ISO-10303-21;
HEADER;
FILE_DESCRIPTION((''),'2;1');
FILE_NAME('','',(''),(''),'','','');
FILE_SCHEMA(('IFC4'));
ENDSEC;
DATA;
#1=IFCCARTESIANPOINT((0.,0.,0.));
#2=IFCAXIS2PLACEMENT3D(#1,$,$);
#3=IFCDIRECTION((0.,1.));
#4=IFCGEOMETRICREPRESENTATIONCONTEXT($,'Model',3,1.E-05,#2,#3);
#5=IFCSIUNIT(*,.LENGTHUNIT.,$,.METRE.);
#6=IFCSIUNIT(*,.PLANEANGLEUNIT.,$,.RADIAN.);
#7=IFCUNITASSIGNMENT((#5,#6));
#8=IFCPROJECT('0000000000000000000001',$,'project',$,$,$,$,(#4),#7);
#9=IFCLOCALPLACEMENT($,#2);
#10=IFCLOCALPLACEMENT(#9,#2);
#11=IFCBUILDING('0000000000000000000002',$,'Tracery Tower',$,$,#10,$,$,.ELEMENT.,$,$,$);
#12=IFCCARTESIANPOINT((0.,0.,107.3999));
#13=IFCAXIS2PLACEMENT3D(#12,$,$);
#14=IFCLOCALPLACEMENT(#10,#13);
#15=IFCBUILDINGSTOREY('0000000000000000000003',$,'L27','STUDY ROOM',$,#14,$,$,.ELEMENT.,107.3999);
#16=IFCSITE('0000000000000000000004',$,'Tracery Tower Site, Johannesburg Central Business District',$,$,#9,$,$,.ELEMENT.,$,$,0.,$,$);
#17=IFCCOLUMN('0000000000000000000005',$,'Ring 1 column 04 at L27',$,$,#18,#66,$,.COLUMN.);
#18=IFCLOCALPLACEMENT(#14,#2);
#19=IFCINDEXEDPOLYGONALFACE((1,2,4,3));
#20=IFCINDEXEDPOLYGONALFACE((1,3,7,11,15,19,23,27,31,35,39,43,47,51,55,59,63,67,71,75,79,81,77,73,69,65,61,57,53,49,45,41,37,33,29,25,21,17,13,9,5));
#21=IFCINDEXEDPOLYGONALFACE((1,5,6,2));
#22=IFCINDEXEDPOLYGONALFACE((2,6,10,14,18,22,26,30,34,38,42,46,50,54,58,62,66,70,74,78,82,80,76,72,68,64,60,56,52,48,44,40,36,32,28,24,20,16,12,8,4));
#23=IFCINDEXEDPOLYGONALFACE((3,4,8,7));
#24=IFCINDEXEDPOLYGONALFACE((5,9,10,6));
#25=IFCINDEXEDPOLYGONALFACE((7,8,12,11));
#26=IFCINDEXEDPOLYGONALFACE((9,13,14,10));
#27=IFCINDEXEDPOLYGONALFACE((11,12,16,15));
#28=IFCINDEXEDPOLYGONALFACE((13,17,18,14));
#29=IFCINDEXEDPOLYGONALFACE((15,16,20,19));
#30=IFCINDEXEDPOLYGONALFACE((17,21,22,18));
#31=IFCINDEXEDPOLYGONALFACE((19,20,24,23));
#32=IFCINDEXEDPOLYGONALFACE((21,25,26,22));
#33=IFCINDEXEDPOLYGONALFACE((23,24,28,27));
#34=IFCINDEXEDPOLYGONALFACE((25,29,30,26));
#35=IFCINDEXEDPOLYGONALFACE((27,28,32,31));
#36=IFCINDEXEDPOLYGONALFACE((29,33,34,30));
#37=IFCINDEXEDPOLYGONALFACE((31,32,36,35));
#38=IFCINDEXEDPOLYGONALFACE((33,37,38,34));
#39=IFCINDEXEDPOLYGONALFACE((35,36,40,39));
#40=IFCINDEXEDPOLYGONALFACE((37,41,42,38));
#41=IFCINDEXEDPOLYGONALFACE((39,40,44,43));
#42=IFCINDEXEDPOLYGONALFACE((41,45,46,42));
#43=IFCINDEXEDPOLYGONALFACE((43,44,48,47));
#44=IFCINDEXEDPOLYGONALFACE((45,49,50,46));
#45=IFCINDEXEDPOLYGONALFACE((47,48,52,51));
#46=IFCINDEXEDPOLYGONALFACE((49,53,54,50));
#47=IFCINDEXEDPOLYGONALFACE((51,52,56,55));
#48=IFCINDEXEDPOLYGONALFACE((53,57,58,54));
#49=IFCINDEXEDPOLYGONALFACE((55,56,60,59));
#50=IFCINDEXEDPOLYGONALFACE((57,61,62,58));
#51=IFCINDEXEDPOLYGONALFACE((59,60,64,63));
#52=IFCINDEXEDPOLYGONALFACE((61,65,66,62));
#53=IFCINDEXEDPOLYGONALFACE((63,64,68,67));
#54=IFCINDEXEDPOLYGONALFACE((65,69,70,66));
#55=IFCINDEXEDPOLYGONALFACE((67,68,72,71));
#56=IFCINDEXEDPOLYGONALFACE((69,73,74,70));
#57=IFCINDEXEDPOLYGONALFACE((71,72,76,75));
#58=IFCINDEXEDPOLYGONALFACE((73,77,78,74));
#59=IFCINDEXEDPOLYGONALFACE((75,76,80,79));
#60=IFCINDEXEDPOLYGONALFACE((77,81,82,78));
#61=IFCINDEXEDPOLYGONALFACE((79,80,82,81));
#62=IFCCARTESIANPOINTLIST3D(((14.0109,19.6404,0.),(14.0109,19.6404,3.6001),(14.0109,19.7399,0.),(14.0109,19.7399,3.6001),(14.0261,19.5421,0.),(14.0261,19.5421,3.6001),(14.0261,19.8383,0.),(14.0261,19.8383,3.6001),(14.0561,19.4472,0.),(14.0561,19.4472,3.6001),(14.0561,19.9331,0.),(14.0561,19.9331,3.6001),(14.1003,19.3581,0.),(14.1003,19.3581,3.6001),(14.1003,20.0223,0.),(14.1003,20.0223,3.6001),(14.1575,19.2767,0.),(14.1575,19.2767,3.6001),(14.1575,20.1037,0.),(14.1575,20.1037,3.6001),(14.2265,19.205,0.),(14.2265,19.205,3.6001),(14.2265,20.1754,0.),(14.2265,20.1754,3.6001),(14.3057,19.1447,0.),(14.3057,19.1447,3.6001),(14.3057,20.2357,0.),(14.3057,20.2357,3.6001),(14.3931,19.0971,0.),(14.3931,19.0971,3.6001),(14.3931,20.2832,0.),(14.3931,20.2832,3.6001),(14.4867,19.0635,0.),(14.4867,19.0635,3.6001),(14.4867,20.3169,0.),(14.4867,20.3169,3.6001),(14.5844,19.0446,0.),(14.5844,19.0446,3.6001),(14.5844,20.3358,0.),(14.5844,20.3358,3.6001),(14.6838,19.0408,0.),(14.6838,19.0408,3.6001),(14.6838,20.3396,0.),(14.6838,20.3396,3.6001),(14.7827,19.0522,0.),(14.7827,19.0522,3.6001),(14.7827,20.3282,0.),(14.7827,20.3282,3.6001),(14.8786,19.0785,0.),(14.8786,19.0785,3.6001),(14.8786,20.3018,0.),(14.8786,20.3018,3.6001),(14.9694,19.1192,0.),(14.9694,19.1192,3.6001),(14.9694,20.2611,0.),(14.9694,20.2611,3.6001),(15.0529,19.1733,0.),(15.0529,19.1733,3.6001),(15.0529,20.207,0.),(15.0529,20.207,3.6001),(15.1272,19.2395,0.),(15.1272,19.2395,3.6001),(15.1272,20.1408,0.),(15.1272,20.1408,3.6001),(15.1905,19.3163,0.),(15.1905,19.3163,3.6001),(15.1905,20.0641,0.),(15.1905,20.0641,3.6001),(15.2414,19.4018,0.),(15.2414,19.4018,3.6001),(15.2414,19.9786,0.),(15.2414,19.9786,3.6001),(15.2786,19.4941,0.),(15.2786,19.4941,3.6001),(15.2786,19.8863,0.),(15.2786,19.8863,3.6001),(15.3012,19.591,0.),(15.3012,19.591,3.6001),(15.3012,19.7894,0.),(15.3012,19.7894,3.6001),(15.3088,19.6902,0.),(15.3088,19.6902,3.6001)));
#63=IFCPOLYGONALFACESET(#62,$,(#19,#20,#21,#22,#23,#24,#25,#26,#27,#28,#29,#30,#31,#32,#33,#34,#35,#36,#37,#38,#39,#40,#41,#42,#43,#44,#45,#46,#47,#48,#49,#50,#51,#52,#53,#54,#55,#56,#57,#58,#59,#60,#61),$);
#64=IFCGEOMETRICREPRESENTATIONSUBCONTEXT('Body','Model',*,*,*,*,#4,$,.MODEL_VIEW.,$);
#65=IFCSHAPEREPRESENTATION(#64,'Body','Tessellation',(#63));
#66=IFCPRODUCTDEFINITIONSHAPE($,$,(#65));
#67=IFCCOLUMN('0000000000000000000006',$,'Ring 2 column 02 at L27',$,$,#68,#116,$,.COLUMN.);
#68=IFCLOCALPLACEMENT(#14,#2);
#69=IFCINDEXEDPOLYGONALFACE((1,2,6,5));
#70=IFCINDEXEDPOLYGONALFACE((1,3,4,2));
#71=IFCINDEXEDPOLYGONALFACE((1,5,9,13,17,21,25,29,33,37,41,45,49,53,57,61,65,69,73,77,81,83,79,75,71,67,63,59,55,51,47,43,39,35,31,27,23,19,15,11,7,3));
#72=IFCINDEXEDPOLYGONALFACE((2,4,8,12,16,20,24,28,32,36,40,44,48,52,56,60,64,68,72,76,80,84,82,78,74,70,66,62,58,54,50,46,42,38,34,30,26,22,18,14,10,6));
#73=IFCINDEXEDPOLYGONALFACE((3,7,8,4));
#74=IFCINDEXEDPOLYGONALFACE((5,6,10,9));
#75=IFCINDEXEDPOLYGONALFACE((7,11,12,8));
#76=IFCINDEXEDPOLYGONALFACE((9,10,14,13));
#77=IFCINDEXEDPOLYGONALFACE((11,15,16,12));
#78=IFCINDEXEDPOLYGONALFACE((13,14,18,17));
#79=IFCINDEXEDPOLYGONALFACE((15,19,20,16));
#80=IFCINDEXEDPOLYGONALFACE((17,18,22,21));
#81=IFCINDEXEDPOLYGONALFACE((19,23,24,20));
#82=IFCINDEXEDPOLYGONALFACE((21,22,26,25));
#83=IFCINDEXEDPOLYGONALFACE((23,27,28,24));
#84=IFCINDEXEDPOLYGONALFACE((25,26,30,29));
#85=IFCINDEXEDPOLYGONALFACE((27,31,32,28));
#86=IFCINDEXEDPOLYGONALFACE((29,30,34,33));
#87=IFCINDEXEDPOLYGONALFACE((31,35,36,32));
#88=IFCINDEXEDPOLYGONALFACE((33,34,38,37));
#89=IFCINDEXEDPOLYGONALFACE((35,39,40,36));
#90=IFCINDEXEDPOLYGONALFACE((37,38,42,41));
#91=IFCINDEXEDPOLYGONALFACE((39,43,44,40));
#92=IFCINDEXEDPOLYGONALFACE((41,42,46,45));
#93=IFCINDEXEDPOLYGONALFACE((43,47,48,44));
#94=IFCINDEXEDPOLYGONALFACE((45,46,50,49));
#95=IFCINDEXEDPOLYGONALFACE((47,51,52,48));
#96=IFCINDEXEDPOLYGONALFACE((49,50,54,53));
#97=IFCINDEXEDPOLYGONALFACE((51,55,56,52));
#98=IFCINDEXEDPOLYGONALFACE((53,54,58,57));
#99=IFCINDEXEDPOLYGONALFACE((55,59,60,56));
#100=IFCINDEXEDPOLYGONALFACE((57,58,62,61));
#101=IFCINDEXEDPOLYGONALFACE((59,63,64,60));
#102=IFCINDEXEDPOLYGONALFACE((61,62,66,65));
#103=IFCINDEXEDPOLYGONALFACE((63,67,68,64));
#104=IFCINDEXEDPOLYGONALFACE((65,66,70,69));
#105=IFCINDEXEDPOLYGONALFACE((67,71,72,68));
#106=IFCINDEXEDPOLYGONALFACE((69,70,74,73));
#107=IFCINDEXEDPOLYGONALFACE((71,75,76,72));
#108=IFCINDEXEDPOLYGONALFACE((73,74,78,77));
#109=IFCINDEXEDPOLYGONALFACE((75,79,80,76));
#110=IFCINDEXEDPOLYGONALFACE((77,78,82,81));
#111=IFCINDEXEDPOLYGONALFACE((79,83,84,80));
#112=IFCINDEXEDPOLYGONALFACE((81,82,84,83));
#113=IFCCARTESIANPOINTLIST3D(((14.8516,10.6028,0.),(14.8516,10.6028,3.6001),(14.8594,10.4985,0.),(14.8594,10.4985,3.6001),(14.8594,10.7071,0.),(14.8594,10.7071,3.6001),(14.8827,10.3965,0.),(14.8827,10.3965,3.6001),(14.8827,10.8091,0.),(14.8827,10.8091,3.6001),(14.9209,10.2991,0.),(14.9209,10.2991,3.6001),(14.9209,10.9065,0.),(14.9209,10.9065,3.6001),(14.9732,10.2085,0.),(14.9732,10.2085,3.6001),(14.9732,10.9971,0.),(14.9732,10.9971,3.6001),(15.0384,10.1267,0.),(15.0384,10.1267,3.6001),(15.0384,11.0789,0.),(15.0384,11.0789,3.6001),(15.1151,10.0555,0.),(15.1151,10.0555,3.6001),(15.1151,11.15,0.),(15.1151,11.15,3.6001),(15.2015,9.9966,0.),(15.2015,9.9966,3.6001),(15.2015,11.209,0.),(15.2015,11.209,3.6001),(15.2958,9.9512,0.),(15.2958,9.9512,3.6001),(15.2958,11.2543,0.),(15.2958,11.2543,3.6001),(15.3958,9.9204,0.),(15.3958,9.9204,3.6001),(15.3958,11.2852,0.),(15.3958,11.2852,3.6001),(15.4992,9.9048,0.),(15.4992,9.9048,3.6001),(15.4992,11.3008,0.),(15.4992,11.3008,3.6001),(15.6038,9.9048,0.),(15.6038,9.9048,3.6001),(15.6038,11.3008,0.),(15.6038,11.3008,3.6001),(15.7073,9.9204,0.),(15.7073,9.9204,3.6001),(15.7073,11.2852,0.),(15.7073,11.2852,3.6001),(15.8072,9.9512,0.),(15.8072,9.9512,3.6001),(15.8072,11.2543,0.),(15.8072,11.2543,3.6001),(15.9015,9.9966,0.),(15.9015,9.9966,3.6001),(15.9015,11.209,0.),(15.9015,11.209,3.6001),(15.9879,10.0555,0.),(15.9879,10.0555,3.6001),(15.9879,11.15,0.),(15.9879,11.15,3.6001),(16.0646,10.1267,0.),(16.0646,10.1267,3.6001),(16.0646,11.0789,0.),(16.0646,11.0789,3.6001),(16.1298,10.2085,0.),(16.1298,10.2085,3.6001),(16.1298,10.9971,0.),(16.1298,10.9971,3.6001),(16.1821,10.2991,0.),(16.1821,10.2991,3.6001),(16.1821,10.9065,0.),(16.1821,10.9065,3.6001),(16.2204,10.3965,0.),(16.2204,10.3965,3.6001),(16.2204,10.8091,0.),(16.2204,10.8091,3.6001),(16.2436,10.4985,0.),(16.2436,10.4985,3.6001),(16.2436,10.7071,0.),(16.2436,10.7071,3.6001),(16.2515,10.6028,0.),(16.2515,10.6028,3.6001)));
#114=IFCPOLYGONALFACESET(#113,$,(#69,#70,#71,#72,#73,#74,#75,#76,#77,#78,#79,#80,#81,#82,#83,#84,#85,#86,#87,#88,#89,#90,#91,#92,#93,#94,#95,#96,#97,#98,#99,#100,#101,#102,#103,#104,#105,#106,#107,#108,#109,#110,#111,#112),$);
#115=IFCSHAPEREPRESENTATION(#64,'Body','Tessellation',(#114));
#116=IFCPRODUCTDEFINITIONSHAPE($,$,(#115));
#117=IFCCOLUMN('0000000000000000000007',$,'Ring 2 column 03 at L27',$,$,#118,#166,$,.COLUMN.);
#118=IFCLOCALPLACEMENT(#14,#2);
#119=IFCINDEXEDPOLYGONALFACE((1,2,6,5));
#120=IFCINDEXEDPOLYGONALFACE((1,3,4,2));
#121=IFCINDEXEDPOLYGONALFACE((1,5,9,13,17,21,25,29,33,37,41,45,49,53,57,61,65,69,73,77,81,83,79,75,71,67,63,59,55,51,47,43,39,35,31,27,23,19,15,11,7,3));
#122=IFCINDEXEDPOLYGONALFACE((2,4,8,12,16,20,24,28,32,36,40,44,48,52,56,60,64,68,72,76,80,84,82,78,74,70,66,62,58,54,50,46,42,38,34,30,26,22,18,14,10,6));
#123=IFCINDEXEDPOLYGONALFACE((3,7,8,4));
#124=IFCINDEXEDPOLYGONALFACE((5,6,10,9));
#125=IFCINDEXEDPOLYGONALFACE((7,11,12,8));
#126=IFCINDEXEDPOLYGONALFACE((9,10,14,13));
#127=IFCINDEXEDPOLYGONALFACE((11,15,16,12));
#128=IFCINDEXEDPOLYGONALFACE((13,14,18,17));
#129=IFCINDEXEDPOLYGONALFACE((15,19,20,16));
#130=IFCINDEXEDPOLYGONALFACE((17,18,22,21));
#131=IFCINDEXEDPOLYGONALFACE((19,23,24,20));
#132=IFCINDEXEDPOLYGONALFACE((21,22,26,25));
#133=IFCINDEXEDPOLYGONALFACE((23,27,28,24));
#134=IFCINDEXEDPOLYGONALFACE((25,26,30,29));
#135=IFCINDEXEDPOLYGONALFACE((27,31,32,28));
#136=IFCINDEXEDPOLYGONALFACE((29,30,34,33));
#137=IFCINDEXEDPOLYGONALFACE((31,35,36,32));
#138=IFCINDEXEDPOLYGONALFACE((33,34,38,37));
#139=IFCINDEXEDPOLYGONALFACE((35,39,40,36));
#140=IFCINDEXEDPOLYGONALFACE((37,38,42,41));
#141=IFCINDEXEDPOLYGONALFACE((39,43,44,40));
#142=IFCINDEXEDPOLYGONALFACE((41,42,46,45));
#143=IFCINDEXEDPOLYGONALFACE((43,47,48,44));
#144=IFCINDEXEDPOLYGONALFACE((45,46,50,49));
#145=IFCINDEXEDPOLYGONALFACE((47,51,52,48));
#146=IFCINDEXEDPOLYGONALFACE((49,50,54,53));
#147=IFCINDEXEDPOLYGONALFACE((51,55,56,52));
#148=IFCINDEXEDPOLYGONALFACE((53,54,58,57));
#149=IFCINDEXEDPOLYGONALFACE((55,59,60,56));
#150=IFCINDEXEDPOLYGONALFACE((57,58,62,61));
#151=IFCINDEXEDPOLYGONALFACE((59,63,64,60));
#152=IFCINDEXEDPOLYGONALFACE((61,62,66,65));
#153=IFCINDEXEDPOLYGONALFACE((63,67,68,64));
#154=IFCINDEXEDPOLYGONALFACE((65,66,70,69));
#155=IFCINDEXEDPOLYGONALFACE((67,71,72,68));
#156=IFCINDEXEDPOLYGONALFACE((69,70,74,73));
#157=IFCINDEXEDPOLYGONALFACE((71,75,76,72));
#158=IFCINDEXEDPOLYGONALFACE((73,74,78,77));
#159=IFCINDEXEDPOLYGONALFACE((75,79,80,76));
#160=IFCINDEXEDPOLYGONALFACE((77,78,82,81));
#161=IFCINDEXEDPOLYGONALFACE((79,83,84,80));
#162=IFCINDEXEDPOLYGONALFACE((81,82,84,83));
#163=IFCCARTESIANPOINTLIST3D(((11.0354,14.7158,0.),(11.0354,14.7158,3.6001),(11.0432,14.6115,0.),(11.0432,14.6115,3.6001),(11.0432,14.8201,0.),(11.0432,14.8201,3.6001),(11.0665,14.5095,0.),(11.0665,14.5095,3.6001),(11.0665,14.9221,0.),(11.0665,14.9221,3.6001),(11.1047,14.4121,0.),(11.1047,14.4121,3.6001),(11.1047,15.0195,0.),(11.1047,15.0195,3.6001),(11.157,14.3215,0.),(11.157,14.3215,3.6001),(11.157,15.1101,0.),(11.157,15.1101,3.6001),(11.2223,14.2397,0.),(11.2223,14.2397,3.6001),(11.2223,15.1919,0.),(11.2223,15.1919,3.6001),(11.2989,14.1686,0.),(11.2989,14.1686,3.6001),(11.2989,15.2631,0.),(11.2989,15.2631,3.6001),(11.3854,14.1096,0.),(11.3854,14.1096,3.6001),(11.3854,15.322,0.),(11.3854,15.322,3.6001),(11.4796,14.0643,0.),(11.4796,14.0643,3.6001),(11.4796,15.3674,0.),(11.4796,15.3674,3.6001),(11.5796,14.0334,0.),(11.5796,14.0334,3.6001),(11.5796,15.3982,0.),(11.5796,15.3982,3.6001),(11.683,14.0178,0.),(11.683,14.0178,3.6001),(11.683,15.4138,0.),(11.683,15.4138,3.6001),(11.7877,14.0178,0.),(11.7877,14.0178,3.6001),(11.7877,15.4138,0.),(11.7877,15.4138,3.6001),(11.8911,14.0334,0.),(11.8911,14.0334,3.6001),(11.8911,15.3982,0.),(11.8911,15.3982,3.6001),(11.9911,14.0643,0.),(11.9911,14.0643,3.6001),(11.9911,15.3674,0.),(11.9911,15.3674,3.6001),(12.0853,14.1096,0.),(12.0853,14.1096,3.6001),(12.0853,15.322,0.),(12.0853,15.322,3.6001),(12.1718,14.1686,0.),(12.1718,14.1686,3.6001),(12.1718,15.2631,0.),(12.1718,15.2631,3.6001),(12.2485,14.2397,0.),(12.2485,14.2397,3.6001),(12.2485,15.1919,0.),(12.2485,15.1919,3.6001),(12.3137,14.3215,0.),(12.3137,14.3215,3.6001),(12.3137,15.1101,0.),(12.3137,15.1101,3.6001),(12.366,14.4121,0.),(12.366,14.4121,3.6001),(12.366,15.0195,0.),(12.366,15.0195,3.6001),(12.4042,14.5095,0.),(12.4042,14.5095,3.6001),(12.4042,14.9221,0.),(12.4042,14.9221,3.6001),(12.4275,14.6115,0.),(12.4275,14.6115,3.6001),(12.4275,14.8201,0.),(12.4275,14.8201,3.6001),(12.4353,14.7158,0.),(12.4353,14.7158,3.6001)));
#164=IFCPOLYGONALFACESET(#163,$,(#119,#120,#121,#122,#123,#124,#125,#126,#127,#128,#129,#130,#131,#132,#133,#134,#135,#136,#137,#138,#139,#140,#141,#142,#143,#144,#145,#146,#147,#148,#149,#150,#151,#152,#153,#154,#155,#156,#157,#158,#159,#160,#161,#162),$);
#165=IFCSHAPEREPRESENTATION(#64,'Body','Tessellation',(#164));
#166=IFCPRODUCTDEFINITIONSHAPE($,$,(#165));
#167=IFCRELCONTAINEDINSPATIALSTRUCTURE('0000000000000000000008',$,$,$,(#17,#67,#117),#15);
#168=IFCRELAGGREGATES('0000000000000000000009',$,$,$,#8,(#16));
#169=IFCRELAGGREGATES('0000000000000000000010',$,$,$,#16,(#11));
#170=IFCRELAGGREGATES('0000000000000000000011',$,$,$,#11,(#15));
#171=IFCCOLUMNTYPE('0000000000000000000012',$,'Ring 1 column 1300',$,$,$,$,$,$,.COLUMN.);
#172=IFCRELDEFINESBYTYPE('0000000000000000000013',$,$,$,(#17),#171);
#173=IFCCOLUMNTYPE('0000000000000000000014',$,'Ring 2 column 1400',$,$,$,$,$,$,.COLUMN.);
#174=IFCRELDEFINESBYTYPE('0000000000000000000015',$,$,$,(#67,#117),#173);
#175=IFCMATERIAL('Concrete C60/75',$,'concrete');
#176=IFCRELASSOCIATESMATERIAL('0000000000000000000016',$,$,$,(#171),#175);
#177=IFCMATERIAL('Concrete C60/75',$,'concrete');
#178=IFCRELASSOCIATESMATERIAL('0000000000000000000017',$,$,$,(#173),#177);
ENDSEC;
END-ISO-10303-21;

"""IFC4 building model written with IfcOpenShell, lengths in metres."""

from ifc_helpers import new_model, si_unit, direction, frame, origin, origin_2d, place, context, subcontext, project, spatial, circle, extrude, material, material_profile, profile_set, type_object, element, save


model = new_model("IFC4")

# Units and contexts
model_context = context("Model", 3, precision=1e-05, world=origin(), true_north=direction((0.0, 1.0)))
body_context = subcontext(model_context, "Body", "Model", "MODEL_VIEW")
ifc_project = project(units=[si_unit("LENGTHUNIT", "METRE"), si_unit("PLANEANGLEUNIT", "RADIAN")], contexts=[model_context])

# Site, building, storey
site_placement = place(None, origin())
site = spatial("IfcSite", under=ifc_project, at=site_placement, Name="Tracery Tower Site, Johannesburg Central Business District", CompositionType="ELEMENT", RefElevation=0.0)
building_placement = place(site_placement, origin())
building = spatial("IfcBuilding", under=site, at=building_placement, Name="Tracery Tower", CompositionType="ELEMENT")
storey_placement = place(building_placement, frame((0.0, 0.0, 107.3999)))
storey = spatial("IfcBuildingStorey", under=building, at=storey_placement, Name="L27", Description="STUDY ROOM", CompositionType="ELEMENT", Elevation=107.3999)

# Columns
ifc_material_1 = material(Name="Concrete C60/75", Category="concrete")
ifc_material_profile_1 = material_profile(ifc_material_1, circle(Radius=0.6499, at=origin_2d()), Name="RC D1300")
ifc_profile_set_1 = profile_set([ifc_material_profile_1], Name="Concrete C60/75")
column_type_1 = type_object("IfcColumnType", Name="Ring 1 column 1300", PredefinedType="COLUMN", material=ifc_profile_set_1)
column_placement = place(storey_placement, frame((14.6589, 19.6902, 0.0), z_axis=(0.0, 0.0, 1.0), x_axis=(1.0, 0.0, 0.0)))
element("IfcColumn", 1, at=column_placement, inside=storey, type_object=column_type_1, Name="Ring 1 column 04 at L27", PredefinedType="COLUMN", context=body_context, shape_type="SweptSolid", body=[
    extrude(circle(Radius=0.6499, at=origin_2d()), origin(), (0.0, 0.0, 1.0), 3.6001),
])
ifc_material_2 = material(Name="Concrete C60/75", Category="concrete")
ifc_material_profile_2 = material_profile(ifc_material_2, circle(Radius=0.7, at=origin_2d()), Name="RC D1400")
ifc_profile_set_2 = profile_set([ifc_material_profile_2], Name="Concrete C60/75")
column_type_2 = type_object("IfcColumnType", Name="Ring 2 column 1400", PredefinedType="COLUMN", material=ifc_profile_set_2)
for number, where, z_axis, x_axis, name in (
    (2, (15.5515, 10.6028, 0.0), (0.0, 0.0, 1.0), (1.0, 0.0, 0.0), "Ring 2 column 02 at L27"),
    (3, (11.7354, 14.7158, 0.0), (0.0, 0.0, 1.0), (1.0, 0.0, 0.0), "Ring 2 column 03 at L27"),
):
    element("IfcColumn", number, at=place(storey_placement, frame(where, z_axis=z_axis, x_axis=x_axis)), inside=storey, type_object=column_type_2, Name=name, PredefinedType="COLUMN", context=body_context, shape_type="SweptSolid", body=[
        extrude(circle(Radius=0.7, at=origin_2d()), origin(), (0.0, 0.0, 1.0), 3.6001),
    ])

save(model, "model.ifc")
